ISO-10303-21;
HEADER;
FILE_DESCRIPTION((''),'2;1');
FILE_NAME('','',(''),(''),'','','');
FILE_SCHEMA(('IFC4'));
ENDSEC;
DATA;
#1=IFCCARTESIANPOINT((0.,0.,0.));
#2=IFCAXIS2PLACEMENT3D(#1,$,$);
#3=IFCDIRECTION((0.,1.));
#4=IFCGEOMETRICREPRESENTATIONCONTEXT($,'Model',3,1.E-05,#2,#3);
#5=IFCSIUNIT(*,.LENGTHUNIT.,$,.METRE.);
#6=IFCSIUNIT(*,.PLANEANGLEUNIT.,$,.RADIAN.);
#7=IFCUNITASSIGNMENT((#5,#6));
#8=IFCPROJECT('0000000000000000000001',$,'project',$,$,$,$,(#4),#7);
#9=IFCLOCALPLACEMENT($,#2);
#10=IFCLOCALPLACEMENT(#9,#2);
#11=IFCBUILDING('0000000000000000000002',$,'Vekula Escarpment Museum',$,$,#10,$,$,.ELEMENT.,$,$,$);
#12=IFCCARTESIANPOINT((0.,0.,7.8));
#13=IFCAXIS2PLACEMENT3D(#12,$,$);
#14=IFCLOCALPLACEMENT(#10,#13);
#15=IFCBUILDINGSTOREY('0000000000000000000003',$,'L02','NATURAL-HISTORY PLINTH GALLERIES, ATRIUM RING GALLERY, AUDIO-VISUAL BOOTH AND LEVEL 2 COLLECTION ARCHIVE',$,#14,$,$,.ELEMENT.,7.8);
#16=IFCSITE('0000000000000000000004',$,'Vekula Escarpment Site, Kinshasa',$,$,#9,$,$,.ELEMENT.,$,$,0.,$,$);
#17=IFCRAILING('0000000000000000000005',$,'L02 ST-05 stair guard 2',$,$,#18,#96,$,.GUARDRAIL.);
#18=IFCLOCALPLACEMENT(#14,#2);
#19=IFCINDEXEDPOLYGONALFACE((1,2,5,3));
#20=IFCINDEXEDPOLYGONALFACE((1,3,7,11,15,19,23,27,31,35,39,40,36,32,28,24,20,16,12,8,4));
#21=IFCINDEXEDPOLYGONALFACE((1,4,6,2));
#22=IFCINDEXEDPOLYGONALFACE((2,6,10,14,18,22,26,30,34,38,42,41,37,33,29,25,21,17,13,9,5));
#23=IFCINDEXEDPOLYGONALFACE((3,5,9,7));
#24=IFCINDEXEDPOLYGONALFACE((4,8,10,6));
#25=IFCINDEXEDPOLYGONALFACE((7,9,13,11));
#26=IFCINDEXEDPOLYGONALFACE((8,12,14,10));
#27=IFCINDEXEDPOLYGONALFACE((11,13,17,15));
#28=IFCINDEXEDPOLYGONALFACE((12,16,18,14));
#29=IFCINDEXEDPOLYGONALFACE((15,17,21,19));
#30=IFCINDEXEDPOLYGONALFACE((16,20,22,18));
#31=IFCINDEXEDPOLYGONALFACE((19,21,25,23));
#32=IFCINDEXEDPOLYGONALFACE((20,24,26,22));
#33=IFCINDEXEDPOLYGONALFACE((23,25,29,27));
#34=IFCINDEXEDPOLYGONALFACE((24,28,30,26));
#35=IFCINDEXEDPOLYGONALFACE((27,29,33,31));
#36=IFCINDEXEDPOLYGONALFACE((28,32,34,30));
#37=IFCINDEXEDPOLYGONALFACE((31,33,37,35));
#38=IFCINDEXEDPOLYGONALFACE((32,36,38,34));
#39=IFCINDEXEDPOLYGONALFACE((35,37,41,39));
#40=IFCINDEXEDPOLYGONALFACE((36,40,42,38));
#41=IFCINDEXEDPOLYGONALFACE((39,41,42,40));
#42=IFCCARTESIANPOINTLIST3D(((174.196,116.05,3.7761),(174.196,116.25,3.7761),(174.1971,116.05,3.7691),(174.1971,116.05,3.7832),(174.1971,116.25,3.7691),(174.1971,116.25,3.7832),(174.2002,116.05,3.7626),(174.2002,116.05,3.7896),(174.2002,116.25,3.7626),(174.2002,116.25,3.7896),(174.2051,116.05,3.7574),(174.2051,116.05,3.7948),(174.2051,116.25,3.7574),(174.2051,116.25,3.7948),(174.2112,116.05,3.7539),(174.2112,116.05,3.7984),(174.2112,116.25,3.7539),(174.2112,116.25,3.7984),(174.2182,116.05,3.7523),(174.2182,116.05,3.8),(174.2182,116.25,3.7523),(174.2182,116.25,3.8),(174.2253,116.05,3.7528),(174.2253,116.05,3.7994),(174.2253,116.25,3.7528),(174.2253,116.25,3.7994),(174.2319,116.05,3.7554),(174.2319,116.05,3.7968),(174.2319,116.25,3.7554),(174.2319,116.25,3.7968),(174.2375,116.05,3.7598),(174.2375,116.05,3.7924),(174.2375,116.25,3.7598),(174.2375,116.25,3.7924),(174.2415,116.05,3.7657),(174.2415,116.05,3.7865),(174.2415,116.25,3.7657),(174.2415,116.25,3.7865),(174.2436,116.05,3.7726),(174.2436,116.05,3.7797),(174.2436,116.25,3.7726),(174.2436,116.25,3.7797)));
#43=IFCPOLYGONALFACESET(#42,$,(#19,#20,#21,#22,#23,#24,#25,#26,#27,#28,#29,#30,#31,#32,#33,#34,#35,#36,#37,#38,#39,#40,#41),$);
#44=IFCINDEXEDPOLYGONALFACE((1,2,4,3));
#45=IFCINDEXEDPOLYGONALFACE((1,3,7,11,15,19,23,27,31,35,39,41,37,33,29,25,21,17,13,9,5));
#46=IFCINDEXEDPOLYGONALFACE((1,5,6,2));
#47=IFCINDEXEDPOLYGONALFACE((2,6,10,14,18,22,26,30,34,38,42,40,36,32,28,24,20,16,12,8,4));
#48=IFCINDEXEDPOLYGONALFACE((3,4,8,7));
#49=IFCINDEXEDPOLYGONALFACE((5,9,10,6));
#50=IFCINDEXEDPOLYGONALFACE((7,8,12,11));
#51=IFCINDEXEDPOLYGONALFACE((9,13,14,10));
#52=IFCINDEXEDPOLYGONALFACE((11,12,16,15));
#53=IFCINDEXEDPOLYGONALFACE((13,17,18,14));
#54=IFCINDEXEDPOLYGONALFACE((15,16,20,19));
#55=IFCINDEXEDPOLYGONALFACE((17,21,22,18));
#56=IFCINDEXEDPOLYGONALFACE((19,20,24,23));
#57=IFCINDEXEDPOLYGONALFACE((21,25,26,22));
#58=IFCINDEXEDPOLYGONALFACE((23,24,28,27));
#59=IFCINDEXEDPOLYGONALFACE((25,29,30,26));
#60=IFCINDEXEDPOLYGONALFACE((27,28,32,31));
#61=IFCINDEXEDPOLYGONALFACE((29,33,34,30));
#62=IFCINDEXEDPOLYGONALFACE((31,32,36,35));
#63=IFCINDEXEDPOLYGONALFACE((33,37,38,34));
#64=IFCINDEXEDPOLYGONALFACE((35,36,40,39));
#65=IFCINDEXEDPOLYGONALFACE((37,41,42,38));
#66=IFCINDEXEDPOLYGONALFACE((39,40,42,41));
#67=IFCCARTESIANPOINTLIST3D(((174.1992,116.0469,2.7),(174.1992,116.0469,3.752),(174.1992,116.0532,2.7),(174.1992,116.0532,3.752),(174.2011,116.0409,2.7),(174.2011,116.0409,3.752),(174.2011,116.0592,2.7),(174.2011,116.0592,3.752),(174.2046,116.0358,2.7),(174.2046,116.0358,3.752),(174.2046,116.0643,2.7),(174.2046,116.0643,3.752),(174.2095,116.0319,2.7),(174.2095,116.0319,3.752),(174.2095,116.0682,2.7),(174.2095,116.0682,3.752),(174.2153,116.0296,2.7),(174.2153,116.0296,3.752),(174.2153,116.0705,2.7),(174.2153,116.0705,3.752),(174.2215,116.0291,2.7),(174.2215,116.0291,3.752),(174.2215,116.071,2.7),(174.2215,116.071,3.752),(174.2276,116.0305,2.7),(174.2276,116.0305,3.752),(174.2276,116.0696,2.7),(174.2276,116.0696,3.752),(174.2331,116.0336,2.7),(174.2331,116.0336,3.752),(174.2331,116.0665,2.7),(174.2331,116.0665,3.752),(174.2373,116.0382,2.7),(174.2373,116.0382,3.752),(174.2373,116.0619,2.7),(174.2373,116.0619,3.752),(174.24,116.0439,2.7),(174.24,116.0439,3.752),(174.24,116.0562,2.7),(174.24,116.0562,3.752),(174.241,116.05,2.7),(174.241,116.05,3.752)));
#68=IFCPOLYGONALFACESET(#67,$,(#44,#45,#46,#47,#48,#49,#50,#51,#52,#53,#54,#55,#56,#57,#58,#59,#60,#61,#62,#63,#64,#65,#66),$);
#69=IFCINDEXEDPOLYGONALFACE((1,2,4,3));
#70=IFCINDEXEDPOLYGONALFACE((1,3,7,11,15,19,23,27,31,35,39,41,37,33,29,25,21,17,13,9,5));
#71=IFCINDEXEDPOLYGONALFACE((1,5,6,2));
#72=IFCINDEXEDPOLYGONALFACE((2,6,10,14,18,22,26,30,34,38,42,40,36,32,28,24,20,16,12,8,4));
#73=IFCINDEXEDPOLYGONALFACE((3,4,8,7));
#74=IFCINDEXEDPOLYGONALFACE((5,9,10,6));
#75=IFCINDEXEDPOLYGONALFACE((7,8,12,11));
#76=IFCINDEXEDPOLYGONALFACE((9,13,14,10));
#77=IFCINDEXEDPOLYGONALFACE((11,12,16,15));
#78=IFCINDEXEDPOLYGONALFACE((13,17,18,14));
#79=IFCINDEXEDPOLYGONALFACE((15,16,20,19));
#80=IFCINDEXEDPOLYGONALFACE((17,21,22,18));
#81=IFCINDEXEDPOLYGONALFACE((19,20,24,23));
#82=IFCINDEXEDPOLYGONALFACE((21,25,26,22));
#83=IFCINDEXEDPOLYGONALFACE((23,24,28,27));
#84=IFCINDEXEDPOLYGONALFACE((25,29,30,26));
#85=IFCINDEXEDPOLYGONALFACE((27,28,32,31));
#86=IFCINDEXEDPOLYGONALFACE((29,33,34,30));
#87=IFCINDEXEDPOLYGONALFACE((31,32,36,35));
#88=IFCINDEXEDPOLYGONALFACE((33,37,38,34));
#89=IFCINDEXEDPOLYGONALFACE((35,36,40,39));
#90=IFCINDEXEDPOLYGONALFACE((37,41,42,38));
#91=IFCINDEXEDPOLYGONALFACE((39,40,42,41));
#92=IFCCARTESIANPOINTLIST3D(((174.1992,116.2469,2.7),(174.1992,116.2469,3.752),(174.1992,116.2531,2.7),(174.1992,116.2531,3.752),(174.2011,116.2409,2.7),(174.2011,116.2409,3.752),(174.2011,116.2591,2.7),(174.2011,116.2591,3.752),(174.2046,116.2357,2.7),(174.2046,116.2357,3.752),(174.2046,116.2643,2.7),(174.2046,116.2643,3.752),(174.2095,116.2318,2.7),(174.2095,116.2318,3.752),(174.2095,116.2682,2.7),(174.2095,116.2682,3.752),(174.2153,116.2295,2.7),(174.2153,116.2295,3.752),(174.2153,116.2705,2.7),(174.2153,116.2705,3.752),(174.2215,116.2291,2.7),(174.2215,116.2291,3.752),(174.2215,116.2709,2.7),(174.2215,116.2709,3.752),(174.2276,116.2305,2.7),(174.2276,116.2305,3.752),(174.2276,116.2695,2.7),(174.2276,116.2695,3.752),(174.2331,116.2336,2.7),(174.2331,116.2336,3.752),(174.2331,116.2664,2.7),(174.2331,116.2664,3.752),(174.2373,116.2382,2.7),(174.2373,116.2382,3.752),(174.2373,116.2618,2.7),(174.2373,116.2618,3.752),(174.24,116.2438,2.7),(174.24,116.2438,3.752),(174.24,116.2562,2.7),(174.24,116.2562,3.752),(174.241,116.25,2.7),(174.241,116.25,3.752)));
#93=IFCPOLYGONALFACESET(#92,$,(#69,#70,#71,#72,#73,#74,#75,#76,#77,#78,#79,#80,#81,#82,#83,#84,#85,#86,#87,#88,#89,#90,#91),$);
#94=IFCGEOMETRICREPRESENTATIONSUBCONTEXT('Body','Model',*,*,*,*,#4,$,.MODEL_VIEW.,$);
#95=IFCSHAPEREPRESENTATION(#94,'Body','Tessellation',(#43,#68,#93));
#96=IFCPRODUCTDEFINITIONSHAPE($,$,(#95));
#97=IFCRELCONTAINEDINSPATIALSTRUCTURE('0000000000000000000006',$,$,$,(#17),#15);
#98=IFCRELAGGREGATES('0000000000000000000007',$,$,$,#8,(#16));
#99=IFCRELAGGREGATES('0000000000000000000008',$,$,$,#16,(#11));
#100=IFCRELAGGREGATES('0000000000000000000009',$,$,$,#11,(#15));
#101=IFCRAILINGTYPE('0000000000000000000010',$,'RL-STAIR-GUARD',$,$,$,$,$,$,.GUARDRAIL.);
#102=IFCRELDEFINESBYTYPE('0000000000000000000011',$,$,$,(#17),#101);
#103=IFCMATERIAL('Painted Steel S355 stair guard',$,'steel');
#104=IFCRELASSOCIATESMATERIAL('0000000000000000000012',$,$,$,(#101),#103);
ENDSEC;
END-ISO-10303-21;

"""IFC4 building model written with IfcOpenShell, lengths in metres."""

from ifc_helpers import new_model, si_unit, direction, frame, origin, origin_2d, place, context, subcontext, project, spatial, circle, extrude, material, type_object, element, save


model = new_model("IFC4")

# Units and contexts
model_context = context("Model", 3, precision=1e-05, world=origin(), true_north=direction((0.0, 1.0)))
body_context = subcontext(model_context, "Body", "Model", "MODEL_VIEW")
ifc_project = project(units=[si_unit("LENGTHUNIT", "METRE"), si_unit("PLANEANGLEUNIT", "RADIAN")], contexts=[model_context])

# Site, building, storey
site_placement = place(None, origin())
site = spatial("IfcSite", under=ifc_project, at=site_placement, Name="Vekula Escarpment Site, Kinshasa", CompositionType="ELEMENT", RefElevation=0.0)
building_placement = place(site_placement, origin())
building = spatial("IfcBuilding", under=site, at=building_placement, Name="Vekula Escarpment Museum", CompositionType="ELEMENT")
storey_placement = place(building_placement, frame((0.0, 0.0, 7.8)))
storey = spatial("IfcBuildingStorey", under=building, at=storey_placement, Name="L02", Description="NATURAL-HISTORY PLINTH GALLERIES, ATRIUM RING GALLERY, AUDIO-VISUAL BOOTH AND LEVEL 2 COLLECTION ARCHIVE", CompositionType="ELEMENT", Elevation=7.8)

# Railing
ifc_material_1 = material(Name="Painted Steel S355 stair guard", Category="steel")
railing_type_1 = type_object("IfcRailingType", Name="RL-STAIR-GUARD", PredefinedType="GUARDRAIL", material=ifc_material_1)
railing_1_placement = place(storey_placement, frame((174.22, 116.05, 2.7)))
element("IfcRailing", 1, at=railing_1_placement, inside=storey, type_object=railing_type_1, Name="L02 ST-05 stair guard 2", PredefinedType="GUARDRAIL", context=body_context, shape_type="SweptSolid", body=[
    extrude(circle(Radius=0.0239, at=origin_2d()), frame((0.0, 0.0, 1.0762), z_axis=(0.0, 1.0, 0.0), x_axis=(-1.0, 0.0, 0.0)), (0.0, 0.0, 1.0), 0.2),
    extrude(circle(Radius=0.021, at=origin_2d()), origin(), (0.0, 0.0, 1.0), 1.052),
    extrude(circle(Radius=0.021, at=origin_2d()), frame((0.0, 0.2, 0.0)), (0.0, 0.0, 1.0), 1.052),
])

save(model, "model.ifc")
